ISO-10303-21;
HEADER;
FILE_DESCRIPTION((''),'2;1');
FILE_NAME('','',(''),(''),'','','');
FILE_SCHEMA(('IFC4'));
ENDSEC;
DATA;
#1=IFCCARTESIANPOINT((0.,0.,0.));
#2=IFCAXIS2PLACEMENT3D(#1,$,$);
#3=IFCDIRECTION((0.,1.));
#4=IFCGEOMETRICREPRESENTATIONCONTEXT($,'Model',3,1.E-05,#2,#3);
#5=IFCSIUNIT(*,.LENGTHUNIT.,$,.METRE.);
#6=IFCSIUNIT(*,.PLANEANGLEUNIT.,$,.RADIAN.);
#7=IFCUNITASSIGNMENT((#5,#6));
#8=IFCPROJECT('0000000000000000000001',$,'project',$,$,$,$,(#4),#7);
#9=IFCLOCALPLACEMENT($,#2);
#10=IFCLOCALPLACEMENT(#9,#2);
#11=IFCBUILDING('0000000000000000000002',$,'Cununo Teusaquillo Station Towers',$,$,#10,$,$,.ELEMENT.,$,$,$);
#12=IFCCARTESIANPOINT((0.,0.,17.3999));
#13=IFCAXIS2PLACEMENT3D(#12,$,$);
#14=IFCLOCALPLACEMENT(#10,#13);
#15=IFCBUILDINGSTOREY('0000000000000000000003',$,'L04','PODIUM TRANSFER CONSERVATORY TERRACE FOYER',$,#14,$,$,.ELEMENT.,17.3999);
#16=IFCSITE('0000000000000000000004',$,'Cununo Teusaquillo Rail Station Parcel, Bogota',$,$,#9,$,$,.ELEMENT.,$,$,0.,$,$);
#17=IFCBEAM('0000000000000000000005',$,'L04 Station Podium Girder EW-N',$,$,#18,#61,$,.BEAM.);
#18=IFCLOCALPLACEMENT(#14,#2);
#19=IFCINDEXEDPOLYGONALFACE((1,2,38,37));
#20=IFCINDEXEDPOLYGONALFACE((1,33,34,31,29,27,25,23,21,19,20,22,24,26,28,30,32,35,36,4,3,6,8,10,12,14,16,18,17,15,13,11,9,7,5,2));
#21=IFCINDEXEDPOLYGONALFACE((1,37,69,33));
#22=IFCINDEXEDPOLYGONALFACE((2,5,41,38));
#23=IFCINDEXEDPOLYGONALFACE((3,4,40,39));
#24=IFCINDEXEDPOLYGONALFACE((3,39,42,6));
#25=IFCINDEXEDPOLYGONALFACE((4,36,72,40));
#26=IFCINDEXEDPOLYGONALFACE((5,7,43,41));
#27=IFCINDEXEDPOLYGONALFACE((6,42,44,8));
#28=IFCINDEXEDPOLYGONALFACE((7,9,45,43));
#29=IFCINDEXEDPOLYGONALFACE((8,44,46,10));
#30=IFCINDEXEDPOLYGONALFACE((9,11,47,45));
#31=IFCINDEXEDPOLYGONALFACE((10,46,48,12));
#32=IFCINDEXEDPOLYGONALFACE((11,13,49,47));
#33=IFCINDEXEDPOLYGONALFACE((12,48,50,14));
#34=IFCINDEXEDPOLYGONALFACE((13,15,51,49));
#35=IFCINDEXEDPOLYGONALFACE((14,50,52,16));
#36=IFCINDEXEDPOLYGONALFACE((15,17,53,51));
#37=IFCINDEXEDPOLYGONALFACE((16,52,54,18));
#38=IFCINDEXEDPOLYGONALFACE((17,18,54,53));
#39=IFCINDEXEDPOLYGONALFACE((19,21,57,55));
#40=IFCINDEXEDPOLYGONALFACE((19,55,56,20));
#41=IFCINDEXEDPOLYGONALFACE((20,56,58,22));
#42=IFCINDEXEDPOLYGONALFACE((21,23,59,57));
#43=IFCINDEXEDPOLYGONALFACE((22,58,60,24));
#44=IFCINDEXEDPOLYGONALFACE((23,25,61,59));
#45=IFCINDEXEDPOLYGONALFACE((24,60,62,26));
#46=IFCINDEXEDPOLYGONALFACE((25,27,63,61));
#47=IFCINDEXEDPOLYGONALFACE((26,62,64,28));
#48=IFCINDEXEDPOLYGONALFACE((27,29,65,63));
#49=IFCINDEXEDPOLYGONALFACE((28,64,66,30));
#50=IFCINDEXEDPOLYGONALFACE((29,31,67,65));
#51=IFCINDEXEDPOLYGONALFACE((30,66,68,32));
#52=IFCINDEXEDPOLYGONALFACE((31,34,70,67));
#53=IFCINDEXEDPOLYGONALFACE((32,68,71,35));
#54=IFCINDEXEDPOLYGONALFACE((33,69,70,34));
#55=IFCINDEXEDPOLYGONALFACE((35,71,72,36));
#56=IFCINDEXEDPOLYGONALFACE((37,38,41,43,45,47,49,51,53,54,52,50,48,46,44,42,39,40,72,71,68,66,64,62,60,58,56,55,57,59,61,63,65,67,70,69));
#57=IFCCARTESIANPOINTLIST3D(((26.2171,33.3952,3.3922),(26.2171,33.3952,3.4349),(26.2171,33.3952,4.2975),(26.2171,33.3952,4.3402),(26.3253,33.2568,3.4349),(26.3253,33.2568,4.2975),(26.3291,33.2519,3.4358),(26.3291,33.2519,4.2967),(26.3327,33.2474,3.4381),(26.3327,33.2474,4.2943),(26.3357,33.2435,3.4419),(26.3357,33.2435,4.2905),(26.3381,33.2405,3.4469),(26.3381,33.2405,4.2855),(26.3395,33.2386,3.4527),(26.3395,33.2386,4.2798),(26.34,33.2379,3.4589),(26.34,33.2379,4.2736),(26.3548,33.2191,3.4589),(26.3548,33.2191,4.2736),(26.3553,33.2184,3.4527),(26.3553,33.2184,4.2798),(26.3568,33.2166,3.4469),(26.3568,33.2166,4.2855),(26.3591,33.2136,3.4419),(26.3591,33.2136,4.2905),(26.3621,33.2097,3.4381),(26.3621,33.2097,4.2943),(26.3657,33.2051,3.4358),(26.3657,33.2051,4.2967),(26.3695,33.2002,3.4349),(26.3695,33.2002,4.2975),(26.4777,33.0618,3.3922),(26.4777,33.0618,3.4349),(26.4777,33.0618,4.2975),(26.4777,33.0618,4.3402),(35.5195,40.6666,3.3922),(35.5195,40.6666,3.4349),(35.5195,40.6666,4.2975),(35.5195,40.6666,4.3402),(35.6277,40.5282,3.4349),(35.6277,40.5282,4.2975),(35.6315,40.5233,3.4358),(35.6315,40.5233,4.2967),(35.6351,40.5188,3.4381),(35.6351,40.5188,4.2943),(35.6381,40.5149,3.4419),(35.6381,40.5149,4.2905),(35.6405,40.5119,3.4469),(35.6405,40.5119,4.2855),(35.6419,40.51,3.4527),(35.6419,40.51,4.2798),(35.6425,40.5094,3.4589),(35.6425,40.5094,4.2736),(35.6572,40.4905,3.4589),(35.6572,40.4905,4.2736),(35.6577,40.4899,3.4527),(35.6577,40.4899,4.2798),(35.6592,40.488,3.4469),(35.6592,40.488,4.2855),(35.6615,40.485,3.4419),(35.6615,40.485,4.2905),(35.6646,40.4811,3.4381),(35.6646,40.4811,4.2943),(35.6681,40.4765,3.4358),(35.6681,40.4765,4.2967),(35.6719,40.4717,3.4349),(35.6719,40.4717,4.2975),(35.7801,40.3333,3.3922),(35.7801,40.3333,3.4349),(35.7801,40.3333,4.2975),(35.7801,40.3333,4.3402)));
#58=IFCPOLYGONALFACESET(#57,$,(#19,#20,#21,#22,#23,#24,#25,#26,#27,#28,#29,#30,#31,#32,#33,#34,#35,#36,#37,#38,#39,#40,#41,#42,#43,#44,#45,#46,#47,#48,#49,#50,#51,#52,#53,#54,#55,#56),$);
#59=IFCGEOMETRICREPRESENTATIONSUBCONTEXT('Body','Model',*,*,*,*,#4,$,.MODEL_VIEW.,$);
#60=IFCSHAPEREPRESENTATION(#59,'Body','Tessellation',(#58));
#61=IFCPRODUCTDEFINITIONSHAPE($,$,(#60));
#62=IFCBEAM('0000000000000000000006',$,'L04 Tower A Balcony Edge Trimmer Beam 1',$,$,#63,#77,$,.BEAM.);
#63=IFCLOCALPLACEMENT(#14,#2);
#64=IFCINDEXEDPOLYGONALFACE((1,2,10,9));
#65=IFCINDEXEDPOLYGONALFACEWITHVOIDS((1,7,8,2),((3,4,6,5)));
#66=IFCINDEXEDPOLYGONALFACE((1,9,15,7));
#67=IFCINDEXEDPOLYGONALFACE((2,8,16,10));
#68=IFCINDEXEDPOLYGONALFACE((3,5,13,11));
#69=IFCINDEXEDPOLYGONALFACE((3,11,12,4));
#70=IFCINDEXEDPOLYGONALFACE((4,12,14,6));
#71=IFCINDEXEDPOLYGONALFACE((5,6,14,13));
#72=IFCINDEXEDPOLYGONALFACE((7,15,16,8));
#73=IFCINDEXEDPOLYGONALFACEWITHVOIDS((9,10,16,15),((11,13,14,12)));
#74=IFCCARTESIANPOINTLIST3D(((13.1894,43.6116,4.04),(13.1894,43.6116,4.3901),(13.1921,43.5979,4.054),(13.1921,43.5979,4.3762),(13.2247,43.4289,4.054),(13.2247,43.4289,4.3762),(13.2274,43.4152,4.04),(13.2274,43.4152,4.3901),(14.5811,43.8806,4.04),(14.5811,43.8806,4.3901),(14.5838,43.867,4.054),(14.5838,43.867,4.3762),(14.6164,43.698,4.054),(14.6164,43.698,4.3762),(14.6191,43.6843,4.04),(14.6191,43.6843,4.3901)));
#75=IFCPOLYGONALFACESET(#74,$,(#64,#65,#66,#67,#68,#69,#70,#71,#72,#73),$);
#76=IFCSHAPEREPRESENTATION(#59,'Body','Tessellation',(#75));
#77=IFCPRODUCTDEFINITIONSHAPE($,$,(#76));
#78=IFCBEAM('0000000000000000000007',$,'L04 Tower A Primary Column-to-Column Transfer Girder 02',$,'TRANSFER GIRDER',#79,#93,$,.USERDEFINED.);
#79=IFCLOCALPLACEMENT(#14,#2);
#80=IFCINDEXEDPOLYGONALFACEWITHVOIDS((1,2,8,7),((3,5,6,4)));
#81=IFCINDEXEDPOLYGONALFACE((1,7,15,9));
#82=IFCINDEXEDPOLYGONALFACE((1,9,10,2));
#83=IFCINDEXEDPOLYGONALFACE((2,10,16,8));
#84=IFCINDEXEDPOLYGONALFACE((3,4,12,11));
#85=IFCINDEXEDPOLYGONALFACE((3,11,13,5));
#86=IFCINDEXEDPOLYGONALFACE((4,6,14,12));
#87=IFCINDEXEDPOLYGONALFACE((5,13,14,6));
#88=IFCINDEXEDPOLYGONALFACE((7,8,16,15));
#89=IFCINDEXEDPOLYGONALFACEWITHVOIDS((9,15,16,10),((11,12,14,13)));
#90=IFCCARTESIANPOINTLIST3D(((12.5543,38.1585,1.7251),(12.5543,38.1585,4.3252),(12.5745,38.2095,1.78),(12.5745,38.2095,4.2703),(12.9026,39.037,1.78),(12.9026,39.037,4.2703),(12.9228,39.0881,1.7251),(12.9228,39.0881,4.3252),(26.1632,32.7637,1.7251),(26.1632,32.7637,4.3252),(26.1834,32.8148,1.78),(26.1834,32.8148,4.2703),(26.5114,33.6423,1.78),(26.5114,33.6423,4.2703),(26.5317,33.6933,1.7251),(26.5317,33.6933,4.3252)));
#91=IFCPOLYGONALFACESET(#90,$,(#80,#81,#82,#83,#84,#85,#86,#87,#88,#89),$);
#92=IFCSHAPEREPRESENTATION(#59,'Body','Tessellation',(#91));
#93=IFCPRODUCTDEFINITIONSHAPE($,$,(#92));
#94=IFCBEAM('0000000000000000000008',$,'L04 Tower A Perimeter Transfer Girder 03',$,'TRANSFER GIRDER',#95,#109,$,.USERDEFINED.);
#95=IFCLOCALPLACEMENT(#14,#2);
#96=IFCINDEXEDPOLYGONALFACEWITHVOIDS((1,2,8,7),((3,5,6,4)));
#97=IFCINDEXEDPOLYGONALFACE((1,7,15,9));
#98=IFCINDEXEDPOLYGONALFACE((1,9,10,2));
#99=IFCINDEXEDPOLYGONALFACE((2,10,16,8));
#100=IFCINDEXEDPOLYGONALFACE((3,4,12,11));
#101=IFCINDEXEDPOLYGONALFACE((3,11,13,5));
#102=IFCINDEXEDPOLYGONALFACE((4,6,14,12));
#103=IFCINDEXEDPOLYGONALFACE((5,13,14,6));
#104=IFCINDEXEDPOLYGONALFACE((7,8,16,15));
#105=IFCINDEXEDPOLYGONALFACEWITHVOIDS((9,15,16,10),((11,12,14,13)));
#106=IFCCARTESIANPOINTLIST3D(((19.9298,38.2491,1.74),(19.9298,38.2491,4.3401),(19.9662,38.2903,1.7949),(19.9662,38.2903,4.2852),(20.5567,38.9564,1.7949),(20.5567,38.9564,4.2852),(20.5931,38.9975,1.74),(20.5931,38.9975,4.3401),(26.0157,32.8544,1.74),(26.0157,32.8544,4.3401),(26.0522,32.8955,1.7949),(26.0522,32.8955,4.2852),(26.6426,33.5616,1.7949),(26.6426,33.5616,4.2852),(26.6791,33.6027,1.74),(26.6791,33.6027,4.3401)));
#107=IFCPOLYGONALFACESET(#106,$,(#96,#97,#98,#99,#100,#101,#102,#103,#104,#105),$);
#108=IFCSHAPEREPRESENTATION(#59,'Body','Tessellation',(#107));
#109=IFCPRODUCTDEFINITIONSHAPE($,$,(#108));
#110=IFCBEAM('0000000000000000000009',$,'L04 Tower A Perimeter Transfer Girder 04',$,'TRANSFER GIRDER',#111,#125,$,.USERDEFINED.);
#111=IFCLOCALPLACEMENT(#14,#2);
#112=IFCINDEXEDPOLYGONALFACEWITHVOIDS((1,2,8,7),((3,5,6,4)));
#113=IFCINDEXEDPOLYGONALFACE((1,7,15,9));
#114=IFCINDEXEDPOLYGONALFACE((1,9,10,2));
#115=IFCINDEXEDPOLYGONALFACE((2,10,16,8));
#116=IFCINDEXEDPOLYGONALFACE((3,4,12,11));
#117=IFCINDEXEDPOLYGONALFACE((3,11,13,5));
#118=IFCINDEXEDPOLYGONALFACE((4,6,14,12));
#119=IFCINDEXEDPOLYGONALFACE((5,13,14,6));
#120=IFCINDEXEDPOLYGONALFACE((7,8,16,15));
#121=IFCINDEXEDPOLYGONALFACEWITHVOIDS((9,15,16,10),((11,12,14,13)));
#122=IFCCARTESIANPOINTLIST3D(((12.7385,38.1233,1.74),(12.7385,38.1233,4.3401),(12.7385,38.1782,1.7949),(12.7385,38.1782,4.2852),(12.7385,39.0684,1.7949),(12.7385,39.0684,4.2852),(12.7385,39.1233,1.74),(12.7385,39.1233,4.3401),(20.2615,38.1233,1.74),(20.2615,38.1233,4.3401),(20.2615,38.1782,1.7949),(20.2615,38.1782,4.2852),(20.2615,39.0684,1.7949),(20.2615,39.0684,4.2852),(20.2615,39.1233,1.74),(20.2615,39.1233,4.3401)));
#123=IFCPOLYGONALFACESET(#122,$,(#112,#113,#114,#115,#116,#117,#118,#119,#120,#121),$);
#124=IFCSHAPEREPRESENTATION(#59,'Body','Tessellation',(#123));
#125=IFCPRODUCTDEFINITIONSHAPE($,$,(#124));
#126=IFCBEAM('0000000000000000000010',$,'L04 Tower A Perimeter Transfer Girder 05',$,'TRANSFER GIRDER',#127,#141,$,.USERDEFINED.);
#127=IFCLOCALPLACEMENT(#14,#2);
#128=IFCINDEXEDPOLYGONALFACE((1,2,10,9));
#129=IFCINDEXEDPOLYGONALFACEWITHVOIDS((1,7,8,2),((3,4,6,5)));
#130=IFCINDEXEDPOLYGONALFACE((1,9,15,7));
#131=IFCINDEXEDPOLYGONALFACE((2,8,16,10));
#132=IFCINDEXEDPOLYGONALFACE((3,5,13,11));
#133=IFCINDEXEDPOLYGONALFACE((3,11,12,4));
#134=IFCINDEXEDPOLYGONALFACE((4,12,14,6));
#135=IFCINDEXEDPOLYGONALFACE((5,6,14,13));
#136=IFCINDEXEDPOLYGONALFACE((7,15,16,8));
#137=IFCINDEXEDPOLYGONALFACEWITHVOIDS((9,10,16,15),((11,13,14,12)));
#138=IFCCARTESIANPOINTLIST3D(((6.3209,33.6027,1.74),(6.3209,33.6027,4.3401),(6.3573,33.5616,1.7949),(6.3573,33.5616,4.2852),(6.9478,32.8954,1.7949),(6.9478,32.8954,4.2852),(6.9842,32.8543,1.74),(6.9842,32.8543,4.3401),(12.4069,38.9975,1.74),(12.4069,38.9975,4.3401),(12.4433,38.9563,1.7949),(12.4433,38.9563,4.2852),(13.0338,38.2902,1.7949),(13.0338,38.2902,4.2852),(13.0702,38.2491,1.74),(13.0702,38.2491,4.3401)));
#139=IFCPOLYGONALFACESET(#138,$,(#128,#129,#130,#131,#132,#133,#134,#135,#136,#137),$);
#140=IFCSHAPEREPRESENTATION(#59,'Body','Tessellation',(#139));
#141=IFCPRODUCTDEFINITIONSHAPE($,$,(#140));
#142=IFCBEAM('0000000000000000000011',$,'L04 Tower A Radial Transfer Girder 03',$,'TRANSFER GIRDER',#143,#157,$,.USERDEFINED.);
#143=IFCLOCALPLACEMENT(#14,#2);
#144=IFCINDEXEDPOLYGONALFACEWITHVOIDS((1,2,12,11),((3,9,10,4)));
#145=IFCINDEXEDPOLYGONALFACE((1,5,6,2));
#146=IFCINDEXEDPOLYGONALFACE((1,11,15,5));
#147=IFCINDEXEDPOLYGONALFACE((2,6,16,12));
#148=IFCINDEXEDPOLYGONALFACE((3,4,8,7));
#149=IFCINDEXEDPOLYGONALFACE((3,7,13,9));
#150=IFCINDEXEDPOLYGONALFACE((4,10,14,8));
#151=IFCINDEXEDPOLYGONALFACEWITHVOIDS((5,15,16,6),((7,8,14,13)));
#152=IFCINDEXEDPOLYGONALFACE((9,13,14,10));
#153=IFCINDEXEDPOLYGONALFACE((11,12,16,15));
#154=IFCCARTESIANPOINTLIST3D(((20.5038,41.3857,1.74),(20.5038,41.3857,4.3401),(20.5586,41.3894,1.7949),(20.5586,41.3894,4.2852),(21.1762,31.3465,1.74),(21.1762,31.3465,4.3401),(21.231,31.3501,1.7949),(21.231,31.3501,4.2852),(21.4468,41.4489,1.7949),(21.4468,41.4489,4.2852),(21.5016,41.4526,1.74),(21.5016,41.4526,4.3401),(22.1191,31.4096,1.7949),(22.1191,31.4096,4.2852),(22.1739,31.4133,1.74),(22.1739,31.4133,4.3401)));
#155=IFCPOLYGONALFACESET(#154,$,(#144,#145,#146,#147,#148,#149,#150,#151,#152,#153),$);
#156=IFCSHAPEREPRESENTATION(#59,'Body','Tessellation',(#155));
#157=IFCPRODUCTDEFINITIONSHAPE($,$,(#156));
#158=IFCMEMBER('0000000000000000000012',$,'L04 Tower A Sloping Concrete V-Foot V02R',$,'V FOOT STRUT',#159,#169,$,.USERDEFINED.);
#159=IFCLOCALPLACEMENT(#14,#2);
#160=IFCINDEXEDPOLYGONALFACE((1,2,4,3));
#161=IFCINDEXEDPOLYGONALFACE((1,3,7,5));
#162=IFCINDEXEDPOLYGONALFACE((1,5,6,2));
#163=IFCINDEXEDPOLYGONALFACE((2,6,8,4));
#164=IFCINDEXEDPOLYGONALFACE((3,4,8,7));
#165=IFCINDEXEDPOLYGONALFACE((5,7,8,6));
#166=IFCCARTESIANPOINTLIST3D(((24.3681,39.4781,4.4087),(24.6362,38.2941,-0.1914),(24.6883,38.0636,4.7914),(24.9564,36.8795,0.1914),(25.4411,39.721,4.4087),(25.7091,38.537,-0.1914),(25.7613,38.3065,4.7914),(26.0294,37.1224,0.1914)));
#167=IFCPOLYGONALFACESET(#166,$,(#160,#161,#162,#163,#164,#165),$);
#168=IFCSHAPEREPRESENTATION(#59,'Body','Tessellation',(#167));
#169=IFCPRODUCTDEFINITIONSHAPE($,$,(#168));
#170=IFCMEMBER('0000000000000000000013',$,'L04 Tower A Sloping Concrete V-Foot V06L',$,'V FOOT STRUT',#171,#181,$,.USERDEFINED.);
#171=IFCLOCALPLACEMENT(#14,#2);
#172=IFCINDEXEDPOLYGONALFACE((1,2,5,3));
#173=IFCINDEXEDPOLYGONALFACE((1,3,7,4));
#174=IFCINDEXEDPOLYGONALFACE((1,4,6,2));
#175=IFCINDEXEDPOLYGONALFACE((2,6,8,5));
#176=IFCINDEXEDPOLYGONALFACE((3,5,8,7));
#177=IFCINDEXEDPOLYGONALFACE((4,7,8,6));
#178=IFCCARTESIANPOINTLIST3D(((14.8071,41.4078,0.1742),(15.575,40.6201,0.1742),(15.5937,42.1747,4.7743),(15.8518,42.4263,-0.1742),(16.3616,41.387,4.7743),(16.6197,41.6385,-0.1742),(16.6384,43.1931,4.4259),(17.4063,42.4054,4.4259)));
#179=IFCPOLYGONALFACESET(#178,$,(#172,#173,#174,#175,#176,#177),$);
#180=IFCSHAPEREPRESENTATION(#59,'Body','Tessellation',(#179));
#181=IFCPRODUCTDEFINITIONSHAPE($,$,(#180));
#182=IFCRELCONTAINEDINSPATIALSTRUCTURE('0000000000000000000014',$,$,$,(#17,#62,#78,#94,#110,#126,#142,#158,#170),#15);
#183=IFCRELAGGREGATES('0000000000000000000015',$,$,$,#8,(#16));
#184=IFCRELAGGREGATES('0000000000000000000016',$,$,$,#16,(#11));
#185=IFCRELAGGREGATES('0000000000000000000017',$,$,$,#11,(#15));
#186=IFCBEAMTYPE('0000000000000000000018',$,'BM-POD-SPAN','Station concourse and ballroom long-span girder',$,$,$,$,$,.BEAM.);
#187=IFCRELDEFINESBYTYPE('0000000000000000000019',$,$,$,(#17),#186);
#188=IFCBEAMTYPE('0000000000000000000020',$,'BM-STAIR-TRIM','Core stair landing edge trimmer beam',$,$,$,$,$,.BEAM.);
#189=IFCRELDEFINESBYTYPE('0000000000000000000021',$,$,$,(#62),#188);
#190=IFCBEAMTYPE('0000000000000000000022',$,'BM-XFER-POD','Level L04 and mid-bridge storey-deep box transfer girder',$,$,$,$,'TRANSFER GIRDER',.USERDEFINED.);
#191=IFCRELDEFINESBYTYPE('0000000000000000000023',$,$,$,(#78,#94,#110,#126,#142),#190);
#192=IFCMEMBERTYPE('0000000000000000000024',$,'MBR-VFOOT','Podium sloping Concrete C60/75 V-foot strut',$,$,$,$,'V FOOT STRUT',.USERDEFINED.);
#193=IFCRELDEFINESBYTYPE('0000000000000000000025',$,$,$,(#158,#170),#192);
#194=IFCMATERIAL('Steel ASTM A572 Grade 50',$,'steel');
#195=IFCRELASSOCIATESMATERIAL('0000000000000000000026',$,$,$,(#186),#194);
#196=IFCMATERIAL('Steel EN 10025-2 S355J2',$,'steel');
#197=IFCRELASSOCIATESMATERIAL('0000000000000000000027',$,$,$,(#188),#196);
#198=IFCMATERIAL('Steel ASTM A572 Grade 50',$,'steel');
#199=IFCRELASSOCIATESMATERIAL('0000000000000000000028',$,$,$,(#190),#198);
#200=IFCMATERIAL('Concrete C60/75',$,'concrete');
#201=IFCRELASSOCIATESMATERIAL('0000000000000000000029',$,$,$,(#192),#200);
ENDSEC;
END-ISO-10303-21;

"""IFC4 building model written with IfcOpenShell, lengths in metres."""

from ifc_helpers import new_model, si_unit, direction, frame, origin, origin_2d, place, context, subcontext, project, spatial, rectangle, hollow_rectangle, i_section, extrude, material, material_profile, profile_set, type_object, element, save


model = new_model("IFC4")

# Units and contexts
model_context = context("Model", 3, precision=1e-05, world=origin(), true_north=direction((0.0, 1.0)))
body_context = subcontext(model_context, "Body", "Model", "MODEL_VIEW")
ifc_project = project(units=[si_unit("LENGTHUNIT", "METRE"), si_unit("PLANEANGLEUNIT", "RADIAN")], contexts=[model_context])

# Site, building, storey
site_placement = place(None, origin())
site = spatial("IfcSite", under=ifc_project, at=site_placement, Name="Cununo Teusaquillo Rail Station Parcel, Bogota", CompositionType="ELEMENT", RefElevation=0.0)
building_placement = place(site_placement, origin())
building = spatial("IfcBuilding", under=site, at=building_placement, Name="Cununo Teusaquillo Station Towers", CompositionType="ELEMENT")
storey_placement = place(building_placement, frame((0.0, 0.0, 17.3999)))
storey = spatial("IfcBuildingStorey", under=building, at=storey_placement, Name="L04", Description="PODIUM TRANSFER CONSERVATORY TERRACE FOYER", CompositionType="ELEMENT", Elevation=17.3999)

# Beams
ifc_material_1 = material(Name="Steel ASTM A572 Grade 50", Category="steel")
ifc_material_profile_1 = material_profile(ifc_material_1, i_section(OverallWidth=0.4231, OverallDepth=0.948, WebThickness=0.0239, FlangeThickness=0.0427, FilletRadius=0.0239, at=origin_2d()), Name="W36X302")
ifc_profile_set_1 = profile_set([ifc_material_profile_1], Name="Steel ASTM A572 Grade 50")
beam_type_1 = type_object("IfcBeamType", Name="BM-POD-SPAN", Description="Station concourse and ballroom long-span girder", PredefinedType="BEAM", material=ifc_profile_set_1)
beam_1_placement = place(storey_placement, frame((26.3474, 33.2285, 3.8662), z_axis=(0.787864, 0.61585, 0.0), x_axis=(-0.61585, 0.787864, 0.0)))
element("IfcBeam", 1, at=beam_1_placement, inside=storey, type_object=beam_type_1, Name="L04 Station Podium Girder EW-N", PredefinedType="BEAM", context=body_context, shape_type="SweptSolid", body=[
    extrude(i_section(OverallWidth=0.4231, OverallDepth=0.948, WebThickness=0.0239, FlangeThickness=0.0427, FilletRadius=0.0239, at=origin_2d()), origin(), (0.0, 0.0, 1.0), 11.8071),
])
ifc_material_2 = material(Name="Steel EN 10025-2 S355J2", Category="steel")
ifc_material_profile_2 = material_profile(ifc_material_2, hollow_rectangle(XDim=0.2, YDim=0.3501, WallThickness=0.0139, at=origin_2d()), Name="RHS 350x200x14")
ifc_profile_set_2 = profile_set([ifc_material_profile_2], Name="Steel EN 10025-2 S355J2")
beam_type_2 = type_object("IfcBeamType", Name="BM-STAIR-TRIM", Description="Core stair landing edge trimmer beam", PredefinedType="BEAM", material=ifc_profile_set_2)
beam_2_placement = place(storey_placement, frame((14.6001, 43.7825, 4.2151), z_axis=(-0.981819, -0.189818, 0.0), x_axis=(0.189818, -0.981819, 0.0)))
element("IfcBeam", 2, at=beam_2_placement, inside=storey, type_object=beam_type_2, Name="L04 Tower A Balcony Edge Trimmer Beam 1", PredefinedType="BEAM", context=body_context, shape_type="SweptSolid", body=[
    extrude(hollow_rectangle(XDim=0.2, YDim=0.3501, WallThickness=0.0139, at=origin_2d()), origin(), (0.0, 0.0, 1.0), 1.4175),
])
ifc_material_3 = material(Name="Steel ASTM A572 Grade 50", Category="steel")
ifc_material_profile_3 = material_profile(ifc_material_3, hollow_rectangle(XDim=1.0, YDim=2.6001, WallThickness=0.0549, at=origin_2d()), Name="BOX 2600x1000x55")
ifc_profile_set_3 = profile_set([ifc_material_profile_3], Name="Steel ASTM A572 Grade 50")
beam_type_3 = type_object("IfcBeamType", Name="BM-XFER-POD", Description="Level L04 and mid-bridge storey-deep box transfer girder", ElementType="TRANSFER GIRDER", PredefinedType="USERDEFINED", material=ifc_profile_set_3)
beam_3_placement = place(storey_placement, frame((26.3474, 33.2285, 3.0251), z_axis=(-0.929621, 0.368516, 0.0), x_axis=(-0.368516, -0.929621, 0.0)))
element("IfcBeam", 3, at=beam_3_placement, inside=storey, type_object=beam_type_3, Name="L04 Tower A Primary Column-to-Column Transfer Girder 02", ObjectType="TRANSFER GIRDER", PredefinedType="USERDEFINED", context=body_context, shape_type="SweptSolid", body=[
    extrude(hollow_rectangle(XDim=1.0, YDim=2.6001, WallThickness=0.0549, at=origin_2d()), origin(), (0.0, 0.0, 1.0), 14.6392),
])
beam_4_placement = place(storey_placement, frame((26.3474, 33.2285, 3.04), z_axis=(-0.748321, 0.663337, 0.0), x_axis=(-0.663337, -0.748321, 0.0)))
element("IfcBeam", 4, at=beam_4_placement, inside=storey, type_object=beam_type_3, Name="L04 Tower A Perimeter Transfer Girder 03", ObjectType="TRANSFER GIRDER", PredefinedType="USERDEFINED", context=body_context, shape_type="SweptSolid", body=[
    extrude(hollow_rectangle(XDim=1.0, YDim=2.6001, WallThickness=0.0549, at=origin_2d()), origin(), (0.0, 0.0, 1.0), 8.1328),
])
beam_5_placement = place(storey_placement, frame((20.2615, 38.6233, 3.04), z_axis=(-1.0, 0.0, 0.0), x_axis=(0.0, -1.0, 0.0)))
element("IfcBeam", 5, at=beam_5_placement, inside=storey, type_object=beam_type_3, Name="L04 Tower A Perimeter Transfer Girder 04", ObjectType="TRANSFER GIRDER", PredefinedType="USERDEFINED", context=body_context, shape_type="SweptSolid", body=[
    extrude(hollow_rectangle(XDim=1.0, YDim=2.6001, WallThickness=0.0549, at=origin_2d()), origin(), (0.0, 0.0, 1.0), 7.5229),
])
beam_6_placement = place(storey_placement, frame((12.7385, 38.6233, 3.04), z_axis=(-0.748321, -0.663337, 0.0), x_axis=(0.663337, -0.748321, 0.0)))
element("IfcBeam", 6, at=beam_6_placement, inside=storey, type_object=beam_type_3, Name="L04 Tower A Perimeter Transfer Girder 05", ObjectType="TRANSFER GIRDER", PredefinedType="USERDEFINED", context=body_context, shape_type="SweptSolid", body=[
    extrude(hollow_rectangle(XDim=1.0, YDim=2.6001, WallThickness=0.0549, at=origin_2d()), origin(), (0.0, 0.0, 1.0), 8.1328),
])
beam_7_placement = place(storey_placement, frame((21.675, 31.3799, 3.04), z_axis=(-0.066823, 0.997765, 0.0), x_axis=(-0.997765, -0.066823, 0.0)))
element("IfcBeam", 7, at=beam_7_placement, inside=storey, type_object=beam_type_3, Name="L04 Tower A Radial Transfer Girder 03", ObjectType="TRANSFER GIRDER", PredefinedType="USERDEFINED", context=body_context, shape_type="SweptSolid", body=[
    extrude(hollow_rectangle(XDim=1.0, YDim=2.6001, WallThickness=0.0549, at=origin_2d()), origin(), (0.0, 0.0, 1.0), 10.0618),
])

# Members
ifc_material_4 = material(Name="Concrete C60/75", Category="concrete")
ifc_material_profile_4 = material_profile(ifc_material_4, rectangle(XDim=1.1001, YDim=1.5, at=origin_2d()), Name="RC-RECT-1500x1100")
ifc_profile_set_4 = profile_set([ifc_material_profile_4], Name="Concrete C60/75")
member_type = type_object("IfcMemberType", Name="MBR-VFOOT", Description="Podium sloping Concrete C60/75 V-foot strut", ElementType="V FOOT STRUT", PredefinedType="USERDEFINED", material=ifc_profile_set_4)
member_1_placement = place(storey_placement, frame((25.3328, 37.7083, 0.0), z_axis=(-0.056345, 0.248882, 0.966894), x_axis=(-0.975318, -0.220804, 0.0)))
element("IfcMember", 8, at=member_1_placement, inside=storey, type_object=member_type, Name="L04 Tower A Sloping Concrete V-Foot V02R", ObjectType="V FOOT STRUT", PredefinedType="USERDEFINED", context=body_context, shape_type="SweptSolid", body=[
    extrude(rectangle(XDim=1.1001, YDim=1.5, at=origin_2d()), origin(), (0.0, 0.0, 1.0), 4.7576),
])
member_2_placement = place(storey_placement, frame((15.7134, 41.5232, 0.0), z_axis=(0.166324, 0.162143, 0.972649), x_axis=(-0.698049, 0.71605, 0.0)))
element("IfcMember", 9, at=member_2_placement, inside=storey, type_object=member_type, Name="L04 Tower A Sloping Concrete V-Foot V06L", ObjectType="V FOOT STRUT", PredefinedType="USERDEFINED", context=body_context, shape_type="SweptSolid", body=[
    extrude(rectangle(XDim=1.1001, YDim=1.5, at=origin_2d()), origin(), (0.0, 0.0, 1.0), 4.7295),
])

save(model, "model.ifc")
